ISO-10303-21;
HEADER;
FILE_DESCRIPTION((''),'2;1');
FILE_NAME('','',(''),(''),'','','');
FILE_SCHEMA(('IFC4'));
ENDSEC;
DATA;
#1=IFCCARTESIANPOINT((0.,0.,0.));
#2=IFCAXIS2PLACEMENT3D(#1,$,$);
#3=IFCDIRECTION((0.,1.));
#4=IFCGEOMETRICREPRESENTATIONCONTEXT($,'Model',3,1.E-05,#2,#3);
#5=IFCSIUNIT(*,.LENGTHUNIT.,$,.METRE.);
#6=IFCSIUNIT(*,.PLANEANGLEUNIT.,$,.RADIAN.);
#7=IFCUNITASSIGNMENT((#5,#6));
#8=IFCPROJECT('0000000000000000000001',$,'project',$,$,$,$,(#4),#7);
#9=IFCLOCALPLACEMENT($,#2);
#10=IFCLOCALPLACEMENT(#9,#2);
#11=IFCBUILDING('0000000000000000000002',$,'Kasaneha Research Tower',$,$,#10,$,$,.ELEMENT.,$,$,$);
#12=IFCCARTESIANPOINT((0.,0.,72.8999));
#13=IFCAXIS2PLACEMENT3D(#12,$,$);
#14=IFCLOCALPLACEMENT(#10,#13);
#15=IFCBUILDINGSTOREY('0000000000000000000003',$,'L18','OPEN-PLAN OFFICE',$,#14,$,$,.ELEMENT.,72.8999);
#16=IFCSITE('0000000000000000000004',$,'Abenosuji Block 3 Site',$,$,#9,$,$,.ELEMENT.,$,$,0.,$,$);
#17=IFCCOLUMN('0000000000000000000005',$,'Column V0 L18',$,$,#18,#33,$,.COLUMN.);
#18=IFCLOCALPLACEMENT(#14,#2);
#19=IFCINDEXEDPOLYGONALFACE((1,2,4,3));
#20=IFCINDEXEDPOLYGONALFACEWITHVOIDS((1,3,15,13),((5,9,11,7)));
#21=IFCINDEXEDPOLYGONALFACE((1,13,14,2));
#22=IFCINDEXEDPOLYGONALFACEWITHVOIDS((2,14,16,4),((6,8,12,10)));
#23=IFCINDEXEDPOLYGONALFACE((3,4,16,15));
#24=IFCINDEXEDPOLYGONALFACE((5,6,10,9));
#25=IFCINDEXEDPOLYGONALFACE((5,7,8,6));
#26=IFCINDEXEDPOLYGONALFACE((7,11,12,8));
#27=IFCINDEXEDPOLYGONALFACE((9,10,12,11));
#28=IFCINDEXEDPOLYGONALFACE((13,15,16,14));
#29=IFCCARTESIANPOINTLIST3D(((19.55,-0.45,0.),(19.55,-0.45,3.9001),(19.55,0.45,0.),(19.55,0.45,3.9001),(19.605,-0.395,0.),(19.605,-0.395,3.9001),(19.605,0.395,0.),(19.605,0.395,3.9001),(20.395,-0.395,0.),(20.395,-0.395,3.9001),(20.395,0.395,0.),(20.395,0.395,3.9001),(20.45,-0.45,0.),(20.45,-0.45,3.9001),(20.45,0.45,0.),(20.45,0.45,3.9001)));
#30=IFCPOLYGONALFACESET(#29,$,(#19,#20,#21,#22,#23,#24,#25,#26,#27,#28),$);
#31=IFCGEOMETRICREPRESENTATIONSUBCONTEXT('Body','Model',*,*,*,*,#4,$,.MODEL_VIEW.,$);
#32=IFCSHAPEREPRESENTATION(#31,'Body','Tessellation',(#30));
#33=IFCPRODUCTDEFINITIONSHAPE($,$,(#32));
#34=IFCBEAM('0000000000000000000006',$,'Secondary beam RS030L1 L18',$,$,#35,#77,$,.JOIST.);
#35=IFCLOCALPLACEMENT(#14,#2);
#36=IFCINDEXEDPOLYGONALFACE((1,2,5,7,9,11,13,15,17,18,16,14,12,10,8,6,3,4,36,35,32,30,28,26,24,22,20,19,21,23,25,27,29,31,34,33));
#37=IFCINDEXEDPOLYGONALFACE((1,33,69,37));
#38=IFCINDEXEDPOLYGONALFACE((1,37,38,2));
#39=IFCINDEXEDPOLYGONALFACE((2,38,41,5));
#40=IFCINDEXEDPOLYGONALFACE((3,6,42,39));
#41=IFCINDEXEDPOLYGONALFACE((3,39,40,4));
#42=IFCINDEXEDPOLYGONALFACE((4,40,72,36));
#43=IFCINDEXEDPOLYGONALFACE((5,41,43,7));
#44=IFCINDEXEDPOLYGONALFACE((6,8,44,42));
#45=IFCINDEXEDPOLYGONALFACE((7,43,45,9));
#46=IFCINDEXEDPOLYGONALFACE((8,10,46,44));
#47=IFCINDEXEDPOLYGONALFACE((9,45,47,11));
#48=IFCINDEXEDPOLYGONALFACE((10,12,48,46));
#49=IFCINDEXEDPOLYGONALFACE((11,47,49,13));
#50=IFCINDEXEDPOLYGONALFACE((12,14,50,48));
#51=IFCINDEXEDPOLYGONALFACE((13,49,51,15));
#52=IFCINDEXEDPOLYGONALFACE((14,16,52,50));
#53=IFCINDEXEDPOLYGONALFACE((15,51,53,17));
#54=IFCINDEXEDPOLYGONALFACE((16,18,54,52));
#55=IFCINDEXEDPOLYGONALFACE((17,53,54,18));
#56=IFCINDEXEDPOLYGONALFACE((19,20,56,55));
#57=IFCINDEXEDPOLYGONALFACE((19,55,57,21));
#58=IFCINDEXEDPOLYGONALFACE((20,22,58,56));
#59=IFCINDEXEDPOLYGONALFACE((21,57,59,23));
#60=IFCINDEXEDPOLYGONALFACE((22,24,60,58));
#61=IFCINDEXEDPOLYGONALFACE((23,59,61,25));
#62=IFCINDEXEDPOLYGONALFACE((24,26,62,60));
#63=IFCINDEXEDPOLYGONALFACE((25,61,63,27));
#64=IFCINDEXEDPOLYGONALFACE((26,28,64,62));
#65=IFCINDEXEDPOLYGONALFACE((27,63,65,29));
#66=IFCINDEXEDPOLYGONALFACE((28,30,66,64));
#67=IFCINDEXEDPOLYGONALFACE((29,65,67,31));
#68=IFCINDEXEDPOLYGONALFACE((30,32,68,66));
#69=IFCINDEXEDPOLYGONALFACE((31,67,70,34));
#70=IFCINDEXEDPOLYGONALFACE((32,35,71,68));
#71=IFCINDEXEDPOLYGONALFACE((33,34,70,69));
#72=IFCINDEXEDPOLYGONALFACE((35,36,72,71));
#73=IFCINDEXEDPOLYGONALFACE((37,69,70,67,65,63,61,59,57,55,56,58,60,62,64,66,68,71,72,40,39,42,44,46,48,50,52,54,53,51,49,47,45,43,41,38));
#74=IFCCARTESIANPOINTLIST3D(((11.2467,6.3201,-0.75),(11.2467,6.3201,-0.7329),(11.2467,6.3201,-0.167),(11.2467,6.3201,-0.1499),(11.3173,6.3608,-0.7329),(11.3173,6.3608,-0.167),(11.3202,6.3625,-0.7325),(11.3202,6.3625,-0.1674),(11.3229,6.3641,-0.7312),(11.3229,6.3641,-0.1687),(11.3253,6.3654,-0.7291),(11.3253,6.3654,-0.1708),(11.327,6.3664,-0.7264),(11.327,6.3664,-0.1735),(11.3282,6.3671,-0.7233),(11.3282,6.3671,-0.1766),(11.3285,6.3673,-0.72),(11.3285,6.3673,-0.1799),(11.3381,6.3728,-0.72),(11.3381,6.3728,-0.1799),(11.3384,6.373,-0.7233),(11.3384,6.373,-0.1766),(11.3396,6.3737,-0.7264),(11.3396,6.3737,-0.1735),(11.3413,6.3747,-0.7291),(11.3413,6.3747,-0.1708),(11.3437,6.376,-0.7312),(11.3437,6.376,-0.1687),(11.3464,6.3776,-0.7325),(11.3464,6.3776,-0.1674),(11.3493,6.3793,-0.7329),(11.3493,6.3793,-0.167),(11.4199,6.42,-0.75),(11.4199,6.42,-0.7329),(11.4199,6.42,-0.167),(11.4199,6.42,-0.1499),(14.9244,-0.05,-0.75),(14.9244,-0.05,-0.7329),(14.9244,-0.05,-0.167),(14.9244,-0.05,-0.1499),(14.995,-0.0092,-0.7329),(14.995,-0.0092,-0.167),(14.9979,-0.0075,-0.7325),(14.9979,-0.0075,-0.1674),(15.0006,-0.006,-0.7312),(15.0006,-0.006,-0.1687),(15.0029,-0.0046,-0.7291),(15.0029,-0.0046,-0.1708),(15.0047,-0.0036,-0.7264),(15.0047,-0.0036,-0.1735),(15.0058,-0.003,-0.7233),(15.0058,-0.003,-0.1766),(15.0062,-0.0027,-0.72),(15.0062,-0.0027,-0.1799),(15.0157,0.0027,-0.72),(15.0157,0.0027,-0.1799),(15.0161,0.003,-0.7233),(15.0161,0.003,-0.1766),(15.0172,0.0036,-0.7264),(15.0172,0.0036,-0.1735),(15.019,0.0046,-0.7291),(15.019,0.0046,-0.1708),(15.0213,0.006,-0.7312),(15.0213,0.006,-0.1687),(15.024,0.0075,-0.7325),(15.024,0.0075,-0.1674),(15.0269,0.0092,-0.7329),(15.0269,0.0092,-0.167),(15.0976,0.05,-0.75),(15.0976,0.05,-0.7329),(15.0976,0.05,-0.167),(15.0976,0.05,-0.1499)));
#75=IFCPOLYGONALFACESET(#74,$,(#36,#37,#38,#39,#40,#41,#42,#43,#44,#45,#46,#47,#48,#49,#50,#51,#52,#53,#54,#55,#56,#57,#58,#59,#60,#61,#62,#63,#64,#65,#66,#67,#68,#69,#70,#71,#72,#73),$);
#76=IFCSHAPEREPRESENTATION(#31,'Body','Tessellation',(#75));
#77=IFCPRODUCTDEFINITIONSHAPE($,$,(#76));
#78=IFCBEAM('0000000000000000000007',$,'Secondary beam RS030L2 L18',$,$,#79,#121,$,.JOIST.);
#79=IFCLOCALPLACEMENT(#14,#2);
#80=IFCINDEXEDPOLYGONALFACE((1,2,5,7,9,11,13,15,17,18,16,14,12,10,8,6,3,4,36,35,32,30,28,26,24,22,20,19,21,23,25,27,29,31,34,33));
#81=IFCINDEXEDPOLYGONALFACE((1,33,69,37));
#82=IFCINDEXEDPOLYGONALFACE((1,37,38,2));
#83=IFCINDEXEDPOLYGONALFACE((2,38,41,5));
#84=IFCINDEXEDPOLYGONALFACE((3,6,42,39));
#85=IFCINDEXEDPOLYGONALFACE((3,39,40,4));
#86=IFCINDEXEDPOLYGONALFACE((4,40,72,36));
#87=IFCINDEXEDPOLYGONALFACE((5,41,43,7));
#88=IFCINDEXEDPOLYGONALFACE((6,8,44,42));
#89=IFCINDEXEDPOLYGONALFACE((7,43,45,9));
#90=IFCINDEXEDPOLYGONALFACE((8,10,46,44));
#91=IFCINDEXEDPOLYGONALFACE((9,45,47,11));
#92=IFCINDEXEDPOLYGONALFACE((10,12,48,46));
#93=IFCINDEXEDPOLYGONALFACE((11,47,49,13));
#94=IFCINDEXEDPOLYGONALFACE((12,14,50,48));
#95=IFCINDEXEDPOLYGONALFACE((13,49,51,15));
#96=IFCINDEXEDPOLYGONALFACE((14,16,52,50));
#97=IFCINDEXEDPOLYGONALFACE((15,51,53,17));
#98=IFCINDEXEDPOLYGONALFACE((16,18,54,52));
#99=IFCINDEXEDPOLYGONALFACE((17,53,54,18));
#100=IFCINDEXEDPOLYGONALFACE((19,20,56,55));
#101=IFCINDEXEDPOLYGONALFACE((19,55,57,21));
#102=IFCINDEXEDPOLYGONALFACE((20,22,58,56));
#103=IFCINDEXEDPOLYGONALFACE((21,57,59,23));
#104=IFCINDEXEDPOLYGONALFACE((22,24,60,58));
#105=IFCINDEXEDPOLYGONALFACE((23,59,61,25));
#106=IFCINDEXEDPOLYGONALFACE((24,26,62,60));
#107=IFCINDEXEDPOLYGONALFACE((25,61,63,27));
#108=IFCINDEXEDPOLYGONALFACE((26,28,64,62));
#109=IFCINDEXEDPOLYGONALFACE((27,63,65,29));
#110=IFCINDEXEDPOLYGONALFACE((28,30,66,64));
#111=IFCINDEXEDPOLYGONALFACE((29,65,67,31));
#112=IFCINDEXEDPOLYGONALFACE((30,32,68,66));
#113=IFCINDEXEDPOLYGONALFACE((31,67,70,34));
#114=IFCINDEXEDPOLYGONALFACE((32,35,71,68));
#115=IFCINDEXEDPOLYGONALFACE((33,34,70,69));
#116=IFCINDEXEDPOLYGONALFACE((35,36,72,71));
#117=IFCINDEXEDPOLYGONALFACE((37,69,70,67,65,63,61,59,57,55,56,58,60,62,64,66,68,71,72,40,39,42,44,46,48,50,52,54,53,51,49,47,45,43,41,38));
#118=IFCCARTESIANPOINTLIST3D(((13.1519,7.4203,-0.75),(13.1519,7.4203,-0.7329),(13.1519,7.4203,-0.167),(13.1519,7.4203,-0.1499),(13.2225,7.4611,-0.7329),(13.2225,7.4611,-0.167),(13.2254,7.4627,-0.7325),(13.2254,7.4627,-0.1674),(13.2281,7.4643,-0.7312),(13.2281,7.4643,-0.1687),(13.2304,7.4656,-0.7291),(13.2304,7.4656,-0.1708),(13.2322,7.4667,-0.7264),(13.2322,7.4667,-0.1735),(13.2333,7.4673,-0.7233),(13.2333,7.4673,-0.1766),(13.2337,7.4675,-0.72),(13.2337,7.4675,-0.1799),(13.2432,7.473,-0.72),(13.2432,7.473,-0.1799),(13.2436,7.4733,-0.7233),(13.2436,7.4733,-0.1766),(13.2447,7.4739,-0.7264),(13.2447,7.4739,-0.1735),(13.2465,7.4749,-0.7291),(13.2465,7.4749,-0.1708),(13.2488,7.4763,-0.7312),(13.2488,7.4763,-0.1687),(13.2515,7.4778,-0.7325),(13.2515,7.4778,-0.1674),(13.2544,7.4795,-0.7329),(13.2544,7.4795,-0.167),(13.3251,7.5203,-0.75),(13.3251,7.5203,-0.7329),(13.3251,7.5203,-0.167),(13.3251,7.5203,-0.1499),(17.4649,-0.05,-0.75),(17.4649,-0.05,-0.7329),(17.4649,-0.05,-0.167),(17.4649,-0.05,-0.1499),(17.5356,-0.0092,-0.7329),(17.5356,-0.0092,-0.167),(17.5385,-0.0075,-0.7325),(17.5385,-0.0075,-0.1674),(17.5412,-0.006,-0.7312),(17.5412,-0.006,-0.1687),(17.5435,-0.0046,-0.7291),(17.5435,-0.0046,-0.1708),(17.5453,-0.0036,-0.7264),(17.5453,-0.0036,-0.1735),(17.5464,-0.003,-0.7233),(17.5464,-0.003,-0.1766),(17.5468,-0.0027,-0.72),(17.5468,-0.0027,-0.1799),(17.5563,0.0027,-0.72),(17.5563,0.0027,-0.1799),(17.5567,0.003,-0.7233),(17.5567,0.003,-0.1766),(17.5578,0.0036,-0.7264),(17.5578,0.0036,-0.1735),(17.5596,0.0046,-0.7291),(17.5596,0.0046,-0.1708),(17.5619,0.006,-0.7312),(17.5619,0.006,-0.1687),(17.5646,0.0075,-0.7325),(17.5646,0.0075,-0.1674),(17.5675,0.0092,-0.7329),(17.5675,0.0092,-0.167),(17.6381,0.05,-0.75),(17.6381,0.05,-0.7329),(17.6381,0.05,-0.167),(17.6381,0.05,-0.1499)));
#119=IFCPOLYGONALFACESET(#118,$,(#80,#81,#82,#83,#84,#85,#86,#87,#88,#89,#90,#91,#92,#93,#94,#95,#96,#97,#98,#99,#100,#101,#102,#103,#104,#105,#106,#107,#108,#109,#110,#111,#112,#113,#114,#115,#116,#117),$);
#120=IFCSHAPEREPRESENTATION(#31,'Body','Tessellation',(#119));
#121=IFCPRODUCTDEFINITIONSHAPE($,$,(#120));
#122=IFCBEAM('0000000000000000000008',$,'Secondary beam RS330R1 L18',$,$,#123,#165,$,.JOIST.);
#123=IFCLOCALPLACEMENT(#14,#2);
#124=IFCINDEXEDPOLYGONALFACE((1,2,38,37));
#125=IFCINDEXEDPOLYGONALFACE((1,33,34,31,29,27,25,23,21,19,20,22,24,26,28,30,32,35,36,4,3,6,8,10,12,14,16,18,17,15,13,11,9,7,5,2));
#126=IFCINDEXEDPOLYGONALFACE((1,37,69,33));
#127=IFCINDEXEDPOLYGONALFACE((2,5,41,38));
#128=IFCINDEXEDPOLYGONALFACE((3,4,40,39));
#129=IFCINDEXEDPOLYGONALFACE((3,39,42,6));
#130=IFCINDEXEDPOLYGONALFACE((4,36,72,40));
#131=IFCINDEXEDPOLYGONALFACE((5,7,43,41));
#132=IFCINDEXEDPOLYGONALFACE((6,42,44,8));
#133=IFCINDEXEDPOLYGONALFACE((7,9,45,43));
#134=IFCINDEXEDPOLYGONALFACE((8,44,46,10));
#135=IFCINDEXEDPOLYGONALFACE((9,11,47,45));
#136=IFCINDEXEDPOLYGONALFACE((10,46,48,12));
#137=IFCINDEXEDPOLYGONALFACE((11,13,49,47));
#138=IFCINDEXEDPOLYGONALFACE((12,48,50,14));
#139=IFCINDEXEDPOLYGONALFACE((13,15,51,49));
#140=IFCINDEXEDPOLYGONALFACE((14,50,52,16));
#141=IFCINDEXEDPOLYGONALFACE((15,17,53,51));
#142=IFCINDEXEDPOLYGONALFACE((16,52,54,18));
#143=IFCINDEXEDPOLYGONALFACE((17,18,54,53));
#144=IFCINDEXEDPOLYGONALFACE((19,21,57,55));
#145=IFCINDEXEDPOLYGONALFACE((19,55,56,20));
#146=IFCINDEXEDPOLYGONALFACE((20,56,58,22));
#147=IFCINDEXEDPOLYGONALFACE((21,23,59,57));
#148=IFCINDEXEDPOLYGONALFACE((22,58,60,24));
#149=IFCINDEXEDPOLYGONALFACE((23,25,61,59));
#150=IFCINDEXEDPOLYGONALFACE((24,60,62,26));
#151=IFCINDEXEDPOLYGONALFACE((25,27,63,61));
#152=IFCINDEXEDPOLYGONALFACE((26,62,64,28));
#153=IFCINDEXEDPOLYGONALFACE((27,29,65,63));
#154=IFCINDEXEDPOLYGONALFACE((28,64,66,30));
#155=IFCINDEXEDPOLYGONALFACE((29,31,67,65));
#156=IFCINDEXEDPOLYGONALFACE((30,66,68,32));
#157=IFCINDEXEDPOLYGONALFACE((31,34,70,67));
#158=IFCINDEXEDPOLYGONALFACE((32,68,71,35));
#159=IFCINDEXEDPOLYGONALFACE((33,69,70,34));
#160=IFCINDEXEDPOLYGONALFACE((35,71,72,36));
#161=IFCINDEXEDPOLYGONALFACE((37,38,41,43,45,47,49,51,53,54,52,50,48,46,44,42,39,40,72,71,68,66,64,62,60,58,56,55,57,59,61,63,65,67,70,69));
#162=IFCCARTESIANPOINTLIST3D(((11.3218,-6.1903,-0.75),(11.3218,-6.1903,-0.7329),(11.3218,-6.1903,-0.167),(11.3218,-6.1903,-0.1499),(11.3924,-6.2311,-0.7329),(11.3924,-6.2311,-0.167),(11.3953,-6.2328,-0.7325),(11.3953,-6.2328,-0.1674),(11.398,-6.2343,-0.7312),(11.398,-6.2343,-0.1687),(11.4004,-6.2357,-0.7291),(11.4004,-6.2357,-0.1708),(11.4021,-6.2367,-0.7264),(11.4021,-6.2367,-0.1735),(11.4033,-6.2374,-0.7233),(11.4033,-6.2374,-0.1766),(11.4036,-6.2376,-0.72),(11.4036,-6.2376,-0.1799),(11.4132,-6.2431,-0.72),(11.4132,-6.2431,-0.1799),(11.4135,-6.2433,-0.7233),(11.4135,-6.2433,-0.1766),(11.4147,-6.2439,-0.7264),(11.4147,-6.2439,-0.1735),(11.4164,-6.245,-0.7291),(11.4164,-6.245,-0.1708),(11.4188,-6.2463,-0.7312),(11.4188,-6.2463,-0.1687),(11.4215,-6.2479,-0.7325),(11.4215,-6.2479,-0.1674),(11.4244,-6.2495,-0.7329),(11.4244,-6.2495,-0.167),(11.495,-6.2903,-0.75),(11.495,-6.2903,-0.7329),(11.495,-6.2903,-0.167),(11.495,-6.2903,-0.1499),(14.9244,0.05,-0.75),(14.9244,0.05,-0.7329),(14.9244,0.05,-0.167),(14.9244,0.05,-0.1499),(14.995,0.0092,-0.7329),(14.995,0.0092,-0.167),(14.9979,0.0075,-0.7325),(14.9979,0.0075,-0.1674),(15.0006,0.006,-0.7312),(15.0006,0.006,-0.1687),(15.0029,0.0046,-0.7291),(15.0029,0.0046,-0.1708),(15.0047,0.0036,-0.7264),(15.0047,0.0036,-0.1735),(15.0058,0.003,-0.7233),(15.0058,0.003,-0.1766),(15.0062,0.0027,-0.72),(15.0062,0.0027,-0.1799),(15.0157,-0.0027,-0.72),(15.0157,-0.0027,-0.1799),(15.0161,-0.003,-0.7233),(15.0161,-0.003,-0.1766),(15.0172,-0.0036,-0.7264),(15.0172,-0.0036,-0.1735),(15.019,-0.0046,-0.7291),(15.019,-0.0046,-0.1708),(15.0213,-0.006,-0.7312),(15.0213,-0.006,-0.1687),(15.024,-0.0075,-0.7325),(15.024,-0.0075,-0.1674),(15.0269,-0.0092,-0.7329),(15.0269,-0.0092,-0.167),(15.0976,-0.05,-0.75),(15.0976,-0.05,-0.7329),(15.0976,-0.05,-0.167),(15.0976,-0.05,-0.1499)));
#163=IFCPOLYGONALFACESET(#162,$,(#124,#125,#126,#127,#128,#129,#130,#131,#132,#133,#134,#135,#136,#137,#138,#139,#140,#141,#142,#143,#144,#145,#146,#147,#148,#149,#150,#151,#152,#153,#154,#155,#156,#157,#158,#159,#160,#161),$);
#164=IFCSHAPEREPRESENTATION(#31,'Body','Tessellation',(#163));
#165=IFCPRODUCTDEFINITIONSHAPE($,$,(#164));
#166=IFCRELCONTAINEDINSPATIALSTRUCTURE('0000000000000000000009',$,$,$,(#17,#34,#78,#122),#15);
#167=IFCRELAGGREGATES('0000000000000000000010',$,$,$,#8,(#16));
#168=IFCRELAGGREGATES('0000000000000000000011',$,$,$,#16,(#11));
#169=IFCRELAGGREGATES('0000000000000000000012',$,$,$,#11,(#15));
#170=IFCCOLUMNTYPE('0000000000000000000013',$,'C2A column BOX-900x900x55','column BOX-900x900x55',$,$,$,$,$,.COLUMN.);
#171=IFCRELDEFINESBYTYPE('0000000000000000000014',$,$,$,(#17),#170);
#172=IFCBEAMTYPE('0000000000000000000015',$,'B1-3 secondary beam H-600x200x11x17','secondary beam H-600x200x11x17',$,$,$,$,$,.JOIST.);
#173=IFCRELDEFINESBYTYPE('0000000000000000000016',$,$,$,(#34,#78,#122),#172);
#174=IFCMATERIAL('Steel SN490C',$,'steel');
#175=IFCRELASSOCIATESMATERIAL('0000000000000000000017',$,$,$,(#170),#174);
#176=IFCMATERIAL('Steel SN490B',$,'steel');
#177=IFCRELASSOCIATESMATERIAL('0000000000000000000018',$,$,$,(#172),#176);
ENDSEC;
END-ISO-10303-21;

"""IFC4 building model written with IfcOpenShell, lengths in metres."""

from ifc_helpers import new_model, si_unit, direction, frame, origin, origin_2d, place, context, subcontext, project, spatial, hollow_rectangle, i_section, extrude, material, material_profile, profile_set, type_object, element, save


model = new_model("IFC4")

# Units and contexts
model_context = context("Model", 3, precision=1e-05, world=origin(), true_north=direction((0.0, 1.0)))
body_context = subcontext(model_context, "Body", "Model", "MODEL_VIEW")
ifc_project = project(units=[si_unit("LENGTHUNIT", "METRE"), si_unit("PLANEANGLEUNIT", "RADIAN")], contexts=[model_context])

# Site, building, storey
site_placement = place(None, origin())
site = spatial("IfcSite", under=ifc_project, at=site_placement, Name="Abenosuji Block 3 Site", CompositionType="ELEMENT", RefElevation=0.0)
building_placement = place(site_placement, origin())
building = spatial("IfcBuilding", under=site, at=building_placement, Name="Kasaneha Research Tower", CompositionType="ELEMENT")
storey_placement = place(building_placement, frame((0.0, 0.0, 72.8999)))
storey = spatial("IfcBuildingStorey", under=building, at=storey_placement, Name="L18", Description="OPEN-PLAN OFFICE", CompositionType="ELEMENT", Elevation=72.8999)

# Column
ifc_material_1 = material(Name="Steel SN490C", Category="steel")
ifc_material_profile_1 = material_profile(ifc_material_1, hollow_rectangle(XDim=0.8999, YDim=0.8999, WallThickness=0.0549, at=origin_2d()), Name="BOX-900x900x55")
ifc_profile_set_1 = profile_set([ifc_material_profile_1], Name="Steel SN490C")
column_type = type_object("IfcColumnType", Name="C2A column BOX-900x900x55", Description="column BOX-900x900x55", PredefinedType="COLUMN", material=ifc_profile_set_1)
column_placement = place(storey_placement, frame((20.0, 0.0, 0.0), z_axis=(0.0, 0.0, 1.0), x_axis=(1.0, 0.0, 0.0)))
element("IfcColumn", 1, at=column_placement, inside=storey, type_object=column_type, Name="Column V0 L18", PredefinedType="COLUMN", context=body_context, shape_type="SweptSolid", body=[
    extrude(hollow_rectangle(XDim=0.8999, YDim=0.8999, WallThickness=0.0549, at=origin_2d()), origin(), (0.0, 0.0, 1.0), 3.9001),
])

# Beams
ifc_material_2 = material(Name="Steel SN490B", Category="steel")
ifc_material_profile_2 = material_profile(ifc_material_2, i_section(OverallWidth=0.2, OverallDepth=0.6001, WebThickness=0.011, FlangeThickness=0.0171, FilletRadius=0.0129, at=origin_2d()), Name="H-600x200x11x17")
ifc_profile_set_2 = profile_set([ifc_material_profile_2], Name="Steel SN490B")
beam_type_1 = type_object("IfcBeamType", Name="B1-3 secondary beam H-600x200x11x17", Description="secondary beam H-600x200x11x17", PredefinedType="JOIST", material=ifc_profile_set_2)
beam_1_placement = place(storey_placement, frame((15.011, 0.0, -0.45), z_axis=(-0.499994, 0.866029, 0.0), x_axis=(-0.866029, -0.499994, 0.0)))
element("IfcBeam", 2, at=beam_1_placement, inside=storey, type_object=beam_type_1, Name="Secondary beam RS030L1 L18", PredefinedType="JOIST", context=body_context, shape_type="SweptSolid", body=[
    extrude(i_section(OverallWidth=0.2, OverallDepth=0.6001, WebThickness=0.011, FlangeThickness=0.0171, FilletRadius=0.0129, at=origin_2d()), origin(), (0.0, 0.0, 1.0), 7.3555),
])
beam_2_placement = place(storey_placement, frame((17.5515, 0.0, -0.45), z_axis=(-0.500005, 0.866023, 0.0), x_axis=(-0.866023, -0.500005, 0.0)))
element("IfcBeam", 3, at=beam_2_placement, inside=storey, type_object=beam_type_1, Name="Secondary beam RS030L2 L18", PredefinedType="JOIST", context=body_context, shape_type="SweptSolid", body=[
    extrude(i_section(OverallWidth=0.2, OverallDepth=0.6001, WebThickness=0.011, FlangeThickness=0.0171, FilletRadius=0.0129, at=origin_2d()), origin(), (0.0, 0.0, 1.0), 8.626),
])
beam_3_placement = place(storey_placement, frame((15.011, 0.0, -0.45), z_axis=(-0.499973, -0.866041, 0.0), x_axis=(0.866041, -0.499973, 0.0)))
element("IfcBeam", 4, at=beam_3_placement, inside=storey, type_object=beam_type_1, Name="Secondary beam RS330R1 L18", PredefinedType="JOIST", context=body_context, shape_type="SweptSolid", body=[
    extrude(i_section(OverallWidth=0.2, OverallDepth=0.6001, WebThickness=0.011, FlangeThickness=0.0171, FilletRadius=0.0129, at=origin_2d()), origin(), (0.0, 0.0, 1.0), 7.2056),
])

save(model, "model.ifc")
